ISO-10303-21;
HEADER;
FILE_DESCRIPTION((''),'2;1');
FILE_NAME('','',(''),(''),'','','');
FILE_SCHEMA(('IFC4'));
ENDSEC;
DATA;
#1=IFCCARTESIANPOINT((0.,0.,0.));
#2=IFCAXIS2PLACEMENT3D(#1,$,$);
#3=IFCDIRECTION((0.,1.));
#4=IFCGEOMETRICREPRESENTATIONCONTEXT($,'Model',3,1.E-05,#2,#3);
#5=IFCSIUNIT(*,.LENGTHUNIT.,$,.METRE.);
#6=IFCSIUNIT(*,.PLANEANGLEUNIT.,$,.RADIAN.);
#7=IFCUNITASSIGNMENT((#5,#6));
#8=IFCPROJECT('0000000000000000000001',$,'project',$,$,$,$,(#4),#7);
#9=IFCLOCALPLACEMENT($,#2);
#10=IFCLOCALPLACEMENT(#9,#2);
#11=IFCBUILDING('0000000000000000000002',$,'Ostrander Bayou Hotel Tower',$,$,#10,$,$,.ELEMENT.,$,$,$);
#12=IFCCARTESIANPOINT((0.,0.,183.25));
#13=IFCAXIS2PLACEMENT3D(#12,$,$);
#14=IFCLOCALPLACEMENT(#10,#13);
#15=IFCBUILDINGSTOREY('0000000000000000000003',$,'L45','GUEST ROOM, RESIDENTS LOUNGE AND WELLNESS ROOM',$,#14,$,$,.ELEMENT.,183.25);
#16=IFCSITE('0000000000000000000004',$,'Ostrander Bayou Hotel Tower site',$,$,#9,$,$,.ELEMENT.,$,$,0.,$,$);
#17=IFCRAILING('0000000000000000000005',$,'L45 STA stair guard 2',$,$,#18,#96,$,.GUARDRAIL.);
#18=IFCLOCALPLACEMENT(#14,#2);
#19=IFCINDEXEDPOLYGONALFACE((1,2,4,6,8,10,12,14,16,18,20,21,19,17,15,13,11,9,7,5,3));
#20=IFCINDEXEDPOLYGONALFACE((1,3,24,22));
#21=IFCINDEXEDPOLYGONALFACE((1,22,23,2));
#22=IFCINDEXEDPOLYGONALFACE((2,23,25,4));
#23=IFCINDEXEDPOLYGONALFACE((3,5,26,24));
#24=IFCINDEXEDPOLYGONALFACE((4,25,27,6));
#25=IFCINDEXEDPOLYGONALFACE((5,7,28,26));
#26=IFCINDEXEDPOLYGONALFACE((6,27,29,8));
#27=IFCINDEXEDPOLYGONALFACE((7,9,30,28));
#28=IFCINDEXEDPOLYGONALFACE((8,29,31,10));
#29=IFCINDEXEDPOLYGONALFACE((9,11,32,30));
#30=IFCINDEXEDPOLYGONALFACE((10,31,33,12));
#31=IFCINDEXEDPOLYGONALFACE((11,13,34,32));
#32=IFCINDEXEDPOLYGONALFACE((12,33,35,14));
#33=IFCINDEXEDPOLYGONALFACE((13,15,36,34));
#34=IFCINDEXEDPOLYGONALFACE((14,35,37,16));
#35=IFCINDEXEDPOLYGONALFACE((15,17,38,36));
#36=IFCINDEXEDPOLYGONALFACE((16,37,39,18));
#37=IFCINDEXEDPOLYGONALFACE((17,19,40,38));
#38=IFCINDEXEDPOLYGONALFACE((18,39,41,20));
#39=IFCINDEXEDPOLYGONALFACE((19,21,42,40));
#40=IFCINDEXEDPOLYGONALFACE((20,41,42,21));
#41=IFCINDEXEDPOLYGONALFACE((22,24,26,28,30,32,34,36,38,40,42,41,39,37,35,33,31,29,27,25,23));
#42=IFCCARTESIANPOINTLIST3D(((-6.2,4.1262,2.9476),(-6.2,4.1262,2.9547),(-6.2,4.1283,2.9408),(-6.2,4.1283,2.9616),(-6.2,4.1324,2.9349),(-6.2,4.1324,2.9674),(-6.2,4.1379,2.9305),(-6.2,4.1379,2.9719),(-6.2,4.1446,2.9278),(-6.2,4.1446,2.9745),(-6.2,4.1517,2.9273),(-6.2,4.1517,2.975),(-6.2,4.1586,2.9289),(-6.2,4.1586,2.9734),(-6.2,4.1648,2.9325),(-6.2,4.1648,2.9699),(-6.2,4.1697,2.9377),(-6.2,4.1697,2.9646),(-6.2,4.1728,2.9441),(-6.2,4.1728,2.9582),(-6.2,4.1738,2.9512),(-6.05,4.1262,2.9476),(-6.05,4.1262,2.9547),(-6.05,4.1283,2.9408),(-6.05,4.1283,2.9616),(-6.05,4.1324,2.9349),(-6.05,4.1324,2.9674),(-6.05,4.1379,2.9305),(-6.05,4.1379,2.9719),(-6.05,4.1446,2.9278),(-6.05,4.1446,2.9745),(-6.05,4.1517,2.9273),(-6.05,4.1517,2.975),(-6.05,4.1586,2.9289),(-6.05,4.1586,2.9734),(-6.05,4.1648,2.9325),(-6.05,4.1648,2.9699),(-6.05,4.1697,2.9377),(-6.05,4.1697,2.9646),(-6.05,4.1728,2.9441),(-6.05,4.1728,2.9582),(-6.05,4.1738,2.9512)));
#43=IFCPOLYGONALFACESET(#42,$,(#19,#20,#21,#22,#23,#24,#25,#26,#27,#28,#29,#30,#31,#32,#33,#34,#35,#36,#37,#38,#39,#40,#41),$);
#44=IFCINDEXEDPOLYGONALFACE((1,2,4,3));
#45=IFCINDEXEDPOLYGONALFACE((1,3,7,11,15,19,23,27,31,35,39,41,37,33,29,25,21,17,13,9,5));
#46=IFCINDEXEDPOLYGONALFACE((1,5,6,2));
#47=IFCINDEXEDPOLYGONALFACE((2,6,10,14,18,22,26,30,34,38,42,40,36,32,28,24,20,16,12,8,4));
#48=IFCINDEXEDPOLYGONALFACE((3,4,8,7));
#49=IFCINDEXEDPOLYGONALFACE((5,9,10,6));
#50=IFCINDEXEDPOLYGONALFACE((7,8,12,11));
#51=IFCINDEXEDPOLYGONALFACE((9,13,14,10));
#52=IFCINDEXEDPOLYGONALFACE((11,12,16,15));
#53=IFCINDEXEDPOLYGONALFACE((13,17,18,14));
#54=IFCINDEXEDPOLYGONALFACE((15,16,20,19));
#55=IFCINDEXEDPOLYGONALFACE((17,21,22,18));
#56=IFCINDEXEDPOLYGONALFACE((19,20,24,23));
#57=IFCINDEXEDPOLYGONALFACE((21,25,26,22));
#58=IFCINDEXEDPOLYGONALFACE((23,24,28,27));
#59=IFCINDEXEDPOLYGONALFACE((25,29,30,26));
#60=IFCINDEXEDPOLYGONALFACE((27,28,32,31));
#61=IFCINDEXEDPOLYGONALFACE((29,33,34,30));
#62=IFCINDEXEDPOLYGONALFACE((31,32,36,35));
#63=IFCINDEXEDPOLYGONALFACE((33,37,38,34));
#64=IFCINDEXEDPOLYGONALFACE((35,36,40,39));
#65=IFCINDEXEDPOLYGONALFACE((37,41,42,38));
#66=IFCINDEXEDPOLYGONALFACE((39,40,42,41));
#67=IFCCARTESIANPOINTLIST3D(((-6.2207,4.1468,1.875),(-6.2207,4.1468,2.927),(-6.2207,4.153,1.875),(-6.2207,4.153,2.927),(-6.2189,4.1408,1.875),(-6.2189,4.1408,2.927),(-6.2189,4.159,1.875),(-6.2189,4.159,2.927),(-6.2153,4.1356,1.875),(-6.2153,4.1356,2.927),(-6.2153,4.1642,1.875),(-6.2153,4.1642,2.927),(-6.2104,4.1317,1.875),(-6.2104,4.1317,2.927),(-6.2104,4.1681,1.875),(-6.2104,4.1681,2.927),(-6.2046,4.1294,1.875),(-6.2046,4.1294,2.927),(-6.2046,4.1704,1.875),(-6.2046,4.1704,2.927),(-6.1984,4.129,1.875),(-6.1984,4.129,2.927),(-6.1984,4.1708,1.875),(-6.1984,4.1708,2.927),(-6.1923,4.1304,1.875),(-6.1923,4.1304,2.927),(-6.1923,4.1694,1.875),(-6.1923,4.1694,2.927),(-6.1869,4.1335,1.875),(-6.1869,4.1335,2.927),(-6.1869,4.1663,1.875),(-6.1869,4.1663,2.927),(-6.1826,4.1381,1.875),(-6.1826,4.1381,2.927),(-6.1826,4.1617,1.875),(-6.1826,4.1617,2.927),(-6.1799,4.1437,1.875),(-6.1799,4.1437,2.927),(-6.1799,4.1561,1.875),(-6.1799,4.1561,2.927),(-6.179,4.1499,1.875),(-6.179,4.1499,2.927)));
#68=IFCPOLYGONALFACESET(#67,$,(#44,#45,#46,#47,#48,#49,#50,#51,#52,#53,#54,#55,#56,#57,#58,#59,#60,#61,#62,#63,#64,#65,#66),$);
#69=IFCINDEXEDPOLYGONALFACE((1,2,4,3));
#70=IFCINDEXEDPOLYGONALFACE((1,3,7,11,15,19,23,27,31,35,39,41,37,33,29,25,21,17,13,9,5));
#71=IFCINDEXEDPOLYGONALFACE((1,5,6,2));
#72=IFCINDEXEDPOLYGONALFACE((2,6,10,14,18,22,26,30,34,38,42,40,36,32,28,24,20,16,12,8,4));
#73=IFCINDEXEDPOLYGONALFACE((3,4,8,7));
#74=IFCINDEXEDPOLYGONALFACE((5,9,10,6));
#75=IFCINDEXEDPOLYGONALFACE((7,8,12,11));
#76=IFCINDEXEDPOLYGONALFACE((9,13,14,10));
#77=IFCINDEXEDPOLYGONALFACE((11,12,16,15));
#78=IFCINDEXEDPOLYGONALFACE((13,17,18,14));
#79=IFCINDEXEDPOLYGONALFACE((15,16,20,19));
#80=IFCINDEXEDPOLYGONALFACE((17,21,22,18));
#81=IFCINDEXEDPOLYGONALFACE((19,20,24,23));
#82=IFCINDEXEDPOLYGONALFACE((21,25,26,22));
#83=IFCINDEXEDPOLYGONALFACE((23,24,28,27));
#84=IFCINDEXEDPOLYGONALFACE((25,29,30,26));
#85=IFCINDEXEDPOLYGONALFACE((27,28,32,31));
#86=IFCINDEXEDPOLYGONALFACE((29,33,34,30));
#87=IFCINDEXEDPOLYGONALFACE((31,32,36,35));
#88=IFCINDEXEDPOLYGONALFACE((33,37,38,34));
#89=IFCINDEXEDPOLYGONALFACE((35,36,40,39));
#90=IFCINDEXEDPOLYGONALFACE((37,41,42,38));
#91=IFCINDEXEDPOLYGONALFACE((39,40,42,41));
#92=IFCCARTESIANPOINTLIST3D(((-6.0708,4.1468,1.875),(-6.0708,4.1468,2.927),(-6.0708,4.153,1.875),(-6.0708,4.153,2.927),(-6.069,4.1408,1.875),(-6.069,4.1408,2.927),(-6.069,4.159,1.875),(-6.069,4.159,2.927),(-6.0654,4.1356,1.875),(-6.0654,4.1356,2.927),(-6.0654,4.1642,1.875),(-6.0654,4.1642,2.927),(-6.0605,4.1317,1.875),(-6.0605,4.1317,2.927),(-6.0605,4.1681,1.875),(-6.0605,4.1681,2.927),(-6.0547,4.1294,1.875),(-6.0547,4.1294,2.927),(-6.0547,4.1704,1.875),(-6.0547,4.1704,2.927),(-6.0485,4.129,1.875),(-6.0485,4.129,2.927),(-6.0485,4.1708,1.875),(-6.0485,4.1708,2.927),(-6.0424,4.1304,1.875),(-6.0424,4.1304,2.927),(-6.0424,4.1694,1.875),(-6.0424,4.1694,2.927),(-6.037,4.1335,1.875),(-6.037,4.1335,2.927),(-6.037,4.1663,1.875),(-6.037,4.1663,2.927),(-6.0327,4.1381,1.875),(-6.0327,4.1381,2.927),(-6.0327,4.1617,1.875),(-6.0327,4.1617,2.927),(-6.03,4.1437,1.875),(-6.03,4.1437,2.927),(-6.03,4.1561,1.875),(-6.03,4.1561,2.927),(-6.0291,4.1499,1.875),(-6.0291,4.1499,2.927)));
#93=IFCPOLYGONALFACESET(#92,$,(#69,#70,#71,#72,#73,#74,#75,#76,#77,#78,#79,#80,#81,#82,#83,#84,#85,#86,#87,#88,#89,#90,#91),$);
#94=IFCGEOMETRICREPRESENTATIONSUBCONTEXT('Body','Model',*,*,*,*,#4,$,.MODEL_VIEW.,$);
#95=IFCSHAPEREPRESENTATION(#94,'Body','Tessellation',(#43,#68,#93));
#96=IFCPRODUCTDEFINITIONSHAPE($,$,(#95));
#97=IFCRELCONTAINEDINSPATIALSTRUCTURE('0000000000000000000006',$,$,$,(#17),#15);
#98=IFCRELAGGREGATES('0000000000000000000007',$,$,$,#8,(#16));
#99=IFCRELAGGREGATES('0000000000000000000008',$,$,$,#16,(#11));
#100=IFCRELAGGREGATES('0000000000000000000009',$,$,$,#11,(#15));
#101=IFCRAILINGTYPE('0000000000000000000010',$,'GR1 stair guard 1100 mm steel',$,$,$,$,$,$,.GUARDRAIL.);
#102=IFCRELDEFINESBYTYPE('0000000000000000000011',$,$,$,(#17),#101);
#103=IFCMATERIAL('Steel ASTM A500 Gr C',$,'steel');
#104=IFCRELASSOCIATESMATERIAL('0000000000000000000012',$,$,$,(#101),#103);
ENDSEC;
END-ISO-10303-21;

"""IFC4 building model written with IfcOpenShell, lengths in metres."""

from ifc_helpers import new_model, si_unit, direction, frame, origin, origin_2d, place, context, subcontext, project, spatial, circle, extrude, material, type_object, element, save


model = new_model("IFC4")

# Units and contexts
model_context = context("Model", 3, precision=1e-05, world=origin(), true_north=direction((0.0, 1.0)))
body_context = subcontext(model_context, "Body", "Model", "MODEL_VIEW")
ifc_project = project(units=[si_unit("LENGTHUNIT", "METRE"), si_unit("PLANEANGLEUNIT", "RADIAN")], contexts=[model_context])

# Site, building, storey
site_placement = place(None, origin())
site = spatial("IfcSite", under=ifc_project, at=site_placement, Name="Ostrander Bayou Hotel Tower site", CompositionType="ELEMENT", RefElevation=0.0)
building_placement = place(site_placement, origin())
building = spatial("IfcBuilding", under=site, at=building_placement, Name="Ostrander Bayou Hotel Tower", CompositionType="ELEMENT")
storey_placement = place(building_placement, frame((0.0, 0.0, 183.25)))
storey = spatial("IfcBuildingStorey", under=building, at=storey_placement, Name="L45", Description="GUEST ROOM, RESIDENTS LOUNGE AND WELLNESS ROOM", CompositionType="ELEMENT", Elevation=183.25)

# Railing
ifc_material_1 = material(Name="Steel ASTM A500 Gr C", Category="steel")
railing_type_1 = type_object("IfcRailingType", Name="GR1 stair guard 1100 mm steel", PredefinedType="GUARDRAIL", material=ifc_material_1)
railing_1_placement = place(storey_placement, frame((-6.2, 4.1499, 1.875)))
element("IfcRailing", 1, at=railing_1_placement, inside=storey, type_object=railing_type_1, Name="L45 STA stair guard 2", PredefinedType="GUARDRAIL", context=body_context, shape_type="SweptSolid", body=[
    extrude(circle(Radius=0.0239, at=origin_2d()), frame((0.0, 0.0, 1.0762), z_axis=(1.0, 0.0, 0.0), x_axis=(0.0, 1.0, 0.0)), (0.0, 0.0, 1.0), 0.1499),
    extrude(circle(Radius=0.021, at=origin_2d()), origin(), (0.0, 0.0, 1.0), 1.052),
    extrude(circle(Radius=0.021, at=origin_2d()), frame((0.1499, 0.0, 0.0)), (0.0, 0.0, 1.0), 1.052),
])

save(model, "model.ifc")
